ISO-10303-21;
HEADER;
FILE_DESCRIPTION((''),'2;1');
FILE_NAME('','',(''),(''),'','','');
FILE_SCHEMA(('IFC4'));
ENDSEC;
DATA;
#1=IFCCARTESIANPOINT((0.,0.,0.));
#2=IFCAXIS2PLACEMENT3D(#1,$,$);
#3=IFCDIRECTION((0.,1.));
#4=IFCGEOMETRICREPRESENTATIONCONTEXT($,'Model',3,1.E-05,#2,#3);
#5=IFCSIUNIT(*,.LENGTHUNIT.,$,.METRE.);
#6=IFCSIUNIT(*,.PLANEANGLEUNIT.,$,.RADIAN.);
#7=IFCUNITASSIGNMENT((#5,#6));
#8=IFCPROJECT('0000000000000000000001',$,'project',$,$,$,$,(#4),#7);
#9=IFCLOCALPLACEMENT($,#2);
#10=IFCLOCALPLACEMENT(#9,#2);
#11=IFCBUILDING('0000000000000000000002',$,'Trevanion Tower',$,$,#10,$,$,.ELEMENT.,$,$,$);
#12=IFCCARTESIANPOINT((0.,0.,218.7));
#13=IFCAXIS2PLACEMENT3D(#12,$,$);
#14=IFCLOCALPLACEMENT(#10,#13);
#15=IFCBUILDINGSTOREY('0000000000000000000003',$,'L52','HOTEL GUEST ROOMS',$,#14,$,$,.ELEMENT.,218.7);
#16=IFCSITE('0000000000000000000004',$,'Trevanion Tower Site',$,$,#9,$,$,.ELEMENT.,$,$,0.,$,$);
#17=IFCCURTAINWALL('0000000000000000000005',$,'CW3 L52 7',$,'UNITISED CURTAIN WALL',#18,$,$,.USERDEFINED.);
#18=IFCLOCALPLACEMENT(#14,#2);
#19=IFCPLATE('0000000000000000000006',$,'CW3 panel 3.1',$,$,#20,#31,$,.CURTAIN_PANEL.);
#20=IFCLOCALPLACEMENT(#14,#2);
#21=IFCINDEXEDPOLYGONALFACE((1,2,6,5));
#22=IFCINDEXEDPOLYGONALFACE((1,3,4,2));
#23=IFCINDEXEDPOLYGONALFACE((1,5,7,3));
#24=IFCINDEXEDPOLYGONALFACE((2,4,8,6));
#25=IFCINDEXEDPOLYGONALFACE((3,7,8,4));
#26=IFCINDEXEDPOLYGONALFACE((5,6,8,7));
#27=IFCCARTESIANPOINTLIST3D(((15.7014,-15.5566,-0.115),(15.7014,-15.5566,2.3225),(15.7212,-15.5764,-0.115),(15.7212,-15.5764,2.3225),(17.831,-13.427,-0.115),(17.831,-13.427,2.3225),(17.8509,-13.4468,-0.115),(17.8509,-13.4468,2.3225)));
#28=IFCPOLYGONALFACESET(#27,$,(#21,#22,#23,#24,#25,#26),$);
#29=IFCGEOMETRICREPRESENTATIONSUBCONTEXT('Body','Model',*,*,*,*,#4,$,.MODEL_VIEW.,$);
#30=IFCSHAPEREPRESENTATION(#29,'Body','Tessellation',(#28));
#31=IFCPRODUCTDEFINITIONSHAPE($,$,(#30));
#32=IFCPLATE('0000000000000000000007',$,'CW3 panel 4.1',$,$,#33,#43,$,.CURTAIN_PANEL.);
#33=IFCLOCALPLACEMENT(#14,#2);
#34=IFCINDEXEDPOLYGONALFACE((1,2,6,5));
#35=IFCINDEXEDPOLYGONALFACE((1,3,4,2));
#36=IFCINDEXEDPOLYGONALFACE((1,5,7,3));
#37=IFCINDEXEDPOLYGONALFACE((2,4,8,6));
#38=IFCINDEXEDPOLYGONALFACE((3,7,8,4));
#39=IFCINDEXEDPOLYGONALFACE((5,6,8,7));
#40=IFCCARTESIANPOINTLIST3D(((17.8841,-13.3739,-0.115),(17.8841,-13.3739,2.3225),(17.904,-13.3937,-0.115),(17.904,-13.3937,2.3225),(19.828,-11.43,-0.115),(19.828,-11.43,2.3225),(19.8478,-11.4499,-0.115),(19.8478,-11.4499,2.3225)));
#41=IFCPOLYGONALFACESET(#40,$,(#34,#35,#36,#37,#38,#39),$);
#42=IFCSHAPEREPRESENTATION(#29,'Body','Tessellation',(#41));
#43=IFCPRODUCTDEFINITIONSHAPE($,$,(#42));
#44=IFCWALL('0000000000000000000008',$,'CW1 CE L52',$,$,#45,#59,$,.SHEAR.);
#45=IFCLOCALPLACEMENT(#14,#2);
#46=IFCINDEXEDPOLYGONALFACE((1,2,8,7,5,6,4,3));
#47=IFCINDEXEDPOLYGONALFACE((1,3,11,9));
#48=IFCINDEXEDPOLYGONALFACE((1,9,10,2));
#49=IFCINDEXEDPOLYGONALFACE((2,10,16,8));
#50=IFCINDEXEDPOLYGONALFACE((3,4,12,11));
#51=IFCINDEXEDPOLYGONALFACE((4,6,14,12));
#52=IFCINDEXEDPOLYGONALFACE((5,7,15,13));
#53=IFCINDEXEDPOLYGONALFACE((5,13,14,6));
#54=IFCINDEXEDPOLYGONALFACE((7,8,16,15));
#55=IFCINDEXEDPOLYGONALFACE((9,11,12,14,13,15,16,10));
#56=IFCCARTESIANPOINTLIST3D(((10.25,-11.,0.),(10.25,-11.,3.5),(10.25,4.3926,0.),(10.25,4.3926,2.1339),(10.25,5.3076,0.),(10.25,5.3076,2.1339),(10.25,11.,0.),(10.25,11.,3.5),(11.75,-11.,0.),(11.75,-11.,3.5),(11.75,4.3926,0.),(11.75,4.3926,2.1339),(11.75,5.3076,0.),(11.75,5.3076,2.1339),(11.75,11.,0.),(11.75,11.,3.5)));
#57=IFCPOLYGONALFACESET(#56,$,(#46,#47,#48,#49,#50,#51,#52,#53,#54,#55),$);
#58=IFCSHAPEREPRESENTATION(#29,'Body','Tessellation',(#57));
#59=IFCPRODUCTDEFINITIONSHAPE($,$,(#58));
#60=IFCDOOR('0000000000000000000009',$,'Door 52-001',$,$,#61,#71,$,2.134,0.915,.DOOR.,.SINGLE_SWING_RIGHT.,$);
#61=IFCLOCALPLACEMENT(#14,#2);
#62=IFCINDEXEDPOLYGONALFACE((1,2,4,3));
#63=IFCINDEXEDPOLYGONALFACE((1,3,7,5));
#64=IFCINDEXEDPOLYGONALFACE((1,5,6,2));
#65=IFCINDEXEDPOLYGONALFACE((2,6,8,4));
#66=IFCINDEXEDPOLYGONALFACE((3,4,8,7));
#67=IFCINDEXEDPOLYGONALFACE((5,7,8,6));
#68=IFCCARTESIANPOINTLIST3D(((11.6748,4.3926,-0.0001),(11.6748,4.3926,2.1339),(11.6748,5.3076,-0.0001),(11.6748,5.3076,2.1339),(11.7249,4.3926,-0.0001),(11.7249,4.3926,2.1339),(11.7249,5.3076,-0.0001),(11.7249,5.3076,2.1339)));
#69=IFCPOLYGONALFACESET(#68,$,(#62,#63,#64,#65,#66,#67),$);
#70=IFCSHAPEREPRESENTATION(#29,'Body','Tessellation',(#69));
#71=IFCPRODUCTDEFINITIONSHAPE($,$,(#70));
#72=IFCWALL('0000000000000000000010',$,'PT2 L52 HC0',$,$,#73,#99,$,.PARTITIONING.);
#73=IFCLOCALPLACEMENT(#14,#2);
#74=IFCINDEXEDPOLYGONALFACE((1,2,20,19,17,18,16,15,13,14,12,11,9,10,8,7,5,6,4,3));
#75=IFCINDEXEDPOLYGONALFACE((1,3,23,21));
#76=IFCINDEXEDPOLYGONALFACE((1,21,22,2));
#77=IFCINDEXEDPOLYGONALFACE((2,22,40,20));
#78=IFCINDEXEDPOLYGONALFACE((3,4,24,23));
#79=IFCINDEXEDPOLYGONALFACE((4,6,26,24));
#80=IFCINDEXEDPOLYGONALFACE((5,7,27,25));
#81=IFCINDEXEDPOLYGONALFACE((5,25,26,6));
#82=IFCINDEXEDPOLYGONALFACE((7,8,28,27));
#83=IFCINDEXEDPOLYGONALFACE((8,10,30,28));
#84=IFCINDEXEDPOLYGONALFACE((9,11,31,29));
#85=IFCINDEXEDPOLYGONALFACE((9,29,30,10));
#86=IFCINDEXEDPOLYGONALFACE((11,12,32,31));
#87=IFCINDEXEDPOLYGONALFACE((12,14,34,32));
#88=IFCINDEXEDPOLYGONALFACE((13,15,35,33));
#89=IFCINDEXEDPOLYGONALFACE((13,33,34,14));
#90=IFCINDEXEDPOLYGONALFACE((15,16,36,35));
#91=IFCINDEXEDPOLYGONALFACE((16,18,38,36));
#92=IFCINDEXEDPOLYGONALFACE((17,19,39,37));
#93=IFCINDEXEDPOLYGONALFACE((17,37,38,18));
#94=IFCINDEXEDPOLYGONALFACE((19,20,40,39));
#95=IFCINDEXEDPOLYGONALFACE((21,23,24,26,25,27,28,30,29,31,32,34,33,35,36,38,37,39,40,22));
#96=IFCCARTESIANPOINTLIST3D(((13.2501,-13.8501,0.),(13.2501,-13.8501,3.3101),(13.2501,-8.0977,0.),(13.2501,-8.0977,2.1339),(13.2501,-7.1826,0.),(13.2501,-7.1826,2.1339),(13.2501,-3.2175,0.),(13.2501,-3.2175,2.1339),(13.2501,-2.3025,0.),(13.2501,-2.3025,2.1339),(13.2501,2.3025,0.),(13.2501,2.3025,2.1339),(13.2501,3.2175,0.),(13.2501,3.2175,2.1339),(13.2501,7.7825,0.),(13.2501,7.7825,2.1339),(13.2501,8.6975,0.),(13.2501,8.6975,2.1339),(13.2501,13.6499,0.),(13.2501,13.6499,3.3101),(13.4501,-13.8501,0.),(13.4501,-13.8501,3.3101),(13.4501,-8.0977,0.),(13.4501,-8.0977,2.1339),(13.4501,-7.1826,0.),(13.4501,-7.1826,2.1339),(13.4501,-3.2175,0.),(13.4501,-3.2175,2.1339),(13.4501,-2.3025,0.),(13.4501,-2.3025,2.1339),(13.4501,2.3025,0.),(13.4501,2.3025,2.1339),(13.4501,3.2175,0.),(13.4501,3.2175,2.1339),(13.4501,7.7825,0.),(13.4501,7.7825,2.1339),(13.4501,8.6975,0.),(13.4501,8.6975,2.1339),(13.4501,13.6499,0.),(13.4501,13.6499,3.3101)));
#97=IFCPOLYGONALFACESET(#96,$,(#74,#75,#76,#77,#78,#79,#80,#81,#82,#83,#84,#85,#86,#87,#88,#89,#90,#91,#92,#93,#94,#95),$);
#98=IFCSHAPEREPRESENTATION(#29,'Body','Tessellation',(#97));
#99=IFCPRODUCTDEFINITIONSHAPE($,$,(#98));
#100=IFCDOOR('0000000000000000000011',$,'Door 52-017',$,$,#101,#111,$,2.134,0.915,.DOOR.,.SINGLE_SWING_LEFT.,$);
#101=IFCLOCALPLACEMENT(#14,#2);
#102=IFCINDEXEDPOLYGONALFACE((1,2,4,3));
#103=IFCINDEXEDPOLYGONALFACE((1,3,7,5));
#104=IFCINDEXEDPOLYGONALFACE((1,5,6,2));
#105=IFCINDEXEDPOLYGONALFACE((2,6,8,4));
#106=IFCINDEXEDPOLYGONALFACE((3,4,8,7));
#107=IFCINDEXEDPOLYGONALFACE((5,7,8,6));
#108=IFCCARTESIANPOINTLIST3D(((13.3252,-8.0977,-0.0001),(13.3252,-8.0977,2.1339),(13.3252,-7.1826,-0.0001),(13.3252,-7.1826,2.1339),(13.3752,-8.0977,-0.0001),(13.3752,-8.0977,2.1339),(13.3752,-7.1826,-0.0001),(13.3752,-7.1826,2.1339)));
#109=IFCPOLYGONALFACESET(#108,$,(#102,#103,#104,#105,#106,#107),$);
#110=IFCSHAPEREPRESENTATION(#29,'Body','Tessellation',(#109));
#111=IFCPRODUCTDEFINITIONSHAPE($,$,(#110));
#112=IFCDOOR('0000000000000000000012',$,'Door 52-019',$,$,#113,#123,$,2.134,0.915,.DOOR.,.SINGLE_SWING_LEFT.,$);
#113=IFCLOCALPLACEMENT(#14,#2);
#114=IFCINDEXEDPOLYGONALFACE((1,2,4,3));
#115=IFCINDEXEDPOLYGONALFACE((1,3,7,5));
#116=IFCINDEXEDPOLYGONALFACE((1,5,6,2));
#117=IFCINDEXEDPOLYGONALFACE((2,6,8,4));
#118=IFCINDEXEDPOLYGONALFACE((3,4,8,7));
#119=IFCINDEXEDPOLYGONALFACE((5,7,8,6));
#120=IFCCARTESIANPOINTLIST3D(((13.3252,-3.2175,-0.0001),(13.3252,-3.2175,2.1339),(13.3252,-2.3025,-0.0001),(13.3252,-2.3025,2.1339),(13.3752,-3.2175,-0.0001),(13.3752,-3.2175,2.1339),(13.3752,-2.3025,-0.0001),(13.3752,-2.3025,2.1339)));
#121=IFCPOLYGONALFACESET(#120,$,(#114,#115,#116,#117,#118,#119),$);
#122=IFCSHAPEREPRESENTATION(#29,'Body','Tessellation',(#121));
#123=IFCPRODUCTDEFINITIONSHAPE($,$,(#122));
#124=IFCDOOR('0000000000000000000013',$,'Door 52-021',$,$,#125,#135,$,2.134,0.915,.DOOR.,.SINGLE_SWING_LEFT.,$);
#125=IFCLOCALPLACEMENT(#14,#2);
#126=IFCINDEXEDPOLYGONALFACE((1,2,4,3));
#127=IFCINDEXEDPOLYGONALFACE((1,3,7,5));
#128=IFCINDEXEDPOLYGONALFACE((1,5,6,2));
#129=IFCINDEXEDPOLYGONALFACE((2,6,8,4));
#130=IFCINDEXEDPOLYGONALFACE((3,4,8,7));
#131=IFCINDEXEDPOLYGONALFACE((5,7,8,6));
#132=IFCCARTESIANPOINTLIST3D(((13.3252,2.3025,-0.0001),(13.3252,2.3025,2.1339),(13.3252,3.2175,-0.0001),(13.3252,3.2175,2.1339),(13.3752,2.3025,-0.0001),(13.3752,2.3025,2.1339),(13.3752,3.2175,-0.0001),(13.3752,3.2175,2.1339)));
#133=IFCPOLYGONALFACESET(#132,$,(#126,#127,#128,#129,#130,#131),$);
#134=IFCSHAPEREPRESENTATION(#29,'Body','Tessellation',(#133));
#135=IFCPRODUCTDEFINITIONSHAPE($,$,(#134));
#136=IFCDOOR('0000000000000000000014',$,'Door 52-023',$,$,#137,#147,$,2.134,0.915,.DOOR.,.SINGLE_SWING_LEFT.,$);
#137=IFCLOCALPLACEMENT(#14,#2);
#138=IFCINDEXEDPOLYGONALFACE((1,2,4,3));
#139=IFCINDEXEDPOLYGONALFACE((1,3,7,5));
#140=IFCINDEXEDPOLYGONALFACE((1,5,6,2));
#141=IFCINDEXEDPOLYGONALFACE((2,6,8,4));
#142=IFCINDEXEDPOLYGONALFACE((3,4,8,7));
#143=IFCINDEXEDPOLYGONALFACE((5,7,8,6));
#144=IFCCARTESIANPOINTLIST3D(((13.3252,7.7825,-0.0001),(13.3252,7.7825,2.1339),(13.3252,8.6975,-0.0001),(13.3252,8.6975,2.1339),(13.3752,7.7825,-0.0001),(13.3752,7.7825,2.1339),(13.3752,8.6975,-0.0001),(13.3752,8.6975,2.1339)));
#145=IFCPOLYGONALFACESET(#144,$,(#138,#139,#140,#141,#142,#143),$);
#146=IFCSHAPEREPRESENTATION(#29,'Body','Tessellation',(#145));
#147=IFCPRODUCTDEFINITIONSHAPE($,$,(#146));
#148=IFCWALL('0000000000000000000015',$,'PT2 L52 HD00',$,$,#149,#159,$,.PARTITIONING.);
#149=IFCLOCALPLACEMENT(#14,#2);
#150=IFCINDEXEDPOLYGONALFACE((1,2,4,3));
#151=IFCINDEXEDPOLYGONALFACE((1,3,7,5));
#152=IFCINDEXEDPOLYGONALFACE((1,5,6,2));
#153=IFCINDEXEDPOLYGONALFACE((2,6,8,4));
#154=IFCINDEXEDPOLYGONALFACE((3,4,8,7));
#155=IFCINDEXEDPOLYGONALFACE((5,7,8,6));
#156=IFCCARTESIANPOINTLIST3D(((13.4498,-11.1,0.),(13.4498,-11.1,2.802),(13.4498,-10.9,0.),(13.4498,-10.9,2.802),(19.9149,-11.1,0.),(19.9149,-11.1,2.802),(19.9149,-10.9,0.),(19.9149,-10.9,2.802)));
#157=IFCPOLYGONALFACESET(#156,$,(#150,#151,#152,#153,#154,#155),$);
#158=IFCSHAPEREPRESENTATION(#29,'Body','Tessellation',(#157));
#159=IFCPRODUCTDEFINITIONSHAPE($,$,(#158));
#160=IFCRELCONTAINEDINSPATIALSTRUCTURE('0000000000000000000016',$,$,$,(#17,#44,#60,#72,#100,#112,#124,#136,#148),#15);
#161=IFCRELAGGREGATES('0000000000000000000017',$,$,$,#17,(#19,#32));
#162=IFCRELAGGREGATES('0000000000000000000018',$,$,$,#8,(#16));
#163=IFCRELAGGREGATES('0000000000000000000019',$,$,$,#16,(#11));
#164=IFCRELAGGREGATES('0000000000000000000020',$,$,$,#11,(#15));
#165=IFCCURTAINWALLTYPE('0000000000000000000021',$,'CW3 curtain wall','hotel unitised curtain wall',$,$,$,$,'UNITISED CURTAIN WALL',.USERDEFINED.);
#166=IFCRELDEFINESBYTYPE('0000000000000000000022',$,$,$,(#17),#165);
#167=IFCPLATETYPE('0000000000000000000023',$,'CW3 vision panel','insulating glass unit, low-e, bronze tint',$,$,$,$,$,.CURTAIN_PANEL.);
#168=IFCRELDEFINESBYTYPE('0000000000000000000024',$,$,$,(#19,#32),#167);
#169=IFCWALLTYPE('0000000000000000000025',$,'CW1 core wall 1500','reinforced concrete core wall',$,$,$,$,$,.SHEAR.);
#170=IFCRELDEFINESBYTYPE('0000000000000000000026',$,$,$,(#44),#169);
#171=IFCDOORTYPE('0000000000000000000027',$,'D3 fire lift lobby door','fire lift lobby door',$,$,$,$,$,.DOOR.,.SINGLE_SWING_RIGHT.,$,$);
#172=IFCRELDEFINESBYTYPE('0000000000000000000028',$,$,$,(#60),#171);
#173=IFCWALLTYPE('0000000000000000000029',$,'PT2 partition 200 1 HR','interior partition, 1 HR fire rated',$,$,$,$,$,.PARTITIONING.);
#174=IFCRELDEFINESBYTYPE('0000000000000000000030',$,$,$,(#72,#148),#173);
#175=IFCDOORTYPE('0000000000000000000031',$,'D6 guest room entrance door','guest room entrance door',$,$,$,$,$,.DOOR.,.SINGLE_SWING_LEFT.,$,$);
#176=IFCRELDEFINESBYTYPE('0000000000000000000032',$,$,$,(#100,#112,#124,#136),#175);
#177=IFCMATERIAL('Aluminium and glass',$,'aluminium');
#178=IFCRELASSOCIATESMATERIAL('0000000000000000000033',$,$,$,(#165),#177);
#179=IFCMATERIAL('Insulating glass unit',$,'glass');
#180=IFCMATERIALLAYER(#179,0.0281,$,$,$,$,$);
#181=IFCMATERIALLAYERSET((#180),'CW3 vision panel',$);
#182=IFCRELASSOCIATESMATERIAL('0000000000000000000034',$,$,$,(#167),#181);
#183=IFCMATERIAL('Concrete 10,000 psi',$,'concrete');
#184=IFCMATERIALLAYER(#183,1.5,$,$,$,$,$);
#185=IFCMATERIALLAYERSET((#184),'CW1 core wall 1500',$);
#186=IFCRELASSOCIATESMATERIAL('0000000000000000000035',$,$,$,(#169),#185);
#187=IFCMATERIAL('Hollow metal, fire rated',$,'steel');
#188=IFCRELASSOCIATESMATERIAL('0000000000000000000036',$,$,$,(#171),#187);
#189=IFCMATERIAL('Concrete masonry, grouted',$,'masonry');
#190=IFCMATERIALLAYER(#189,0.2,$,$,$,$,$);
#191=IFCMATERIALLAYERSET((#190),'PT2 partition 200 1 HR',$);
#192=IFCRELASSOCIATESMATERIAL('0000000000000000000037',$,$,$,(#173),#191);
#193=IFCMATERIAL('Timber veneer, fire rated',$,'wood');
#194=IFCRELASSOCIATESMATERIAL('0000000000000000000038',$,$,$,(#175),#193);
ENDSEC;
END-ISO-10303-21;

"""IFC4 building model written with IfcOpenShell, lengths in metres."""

from ifc_helpers import new_model, si_unit, direction, frame, frame_2d, origin, origin_2d, place, context, subcontext, project, spatial, rectangle, extrude, material, layer, layer_set, type_object, element, fill, aggregate, save


model = new_model("IFC4")

# Units and contexts
model_context = context("Model", 3, precision=1e-05, world=origin(), true_north=direction((0.0, 1.0)))
body_context = subcontext(model_context, "Body", "Model", "MODEL_VIEW")
ifc_project = project(units=[si_unit("LENGTHUNIT", "METRE"), si_unit("PLANEANGLEUNIT", "RADIAN")], contexts=[model_context])

# Site, building, storey
site_placement = place(None, origin())
site = spatial("IfcSite", under=ifc_project, at=site_placement, Name="Trevanion Tower Site", CompositionType="ELEMENT", RefElevation=0.0)
building_placement = place(site_placement, origin())
building = spatial("IfcBuilding", under=site, at=building_placement, Name="Trevanion Tower", CompositionType="ELEMENT")
storey_placement = place(building_placement, frame((0.0, 0.0, 218.7)))
storey = spatial("IfcBuildingStorey", under=building, at=storey_placement, Name="L52", Description="HOTEL GUEST ROOMS", CompositionType="ELEMENT", Elevation=218.7)

# Curtain wall
ifc_material_1 = material(Name="Aluminium and glass", Category="aluminium")
curtain_wall_type = type_object("IfcCurtainWallType", Name="CW3 curtain wall", Description="hotel unitised curtain wall", ElementType="UNITISED CURTAIN WALL", PredefinedType="USERDEFINED", material=ifc_material_1)
curtain_wall_1_placement = place(storey_placement, origin())
curtain_wall_1 = element("IfcCurtainWall", 1, at=curtain_wall_1_placement, inside=storey, type_object=curtain_wall_type, Name="CW3 L52 7", ObjectType="UNITISED CURTAIN WALL", PredefinedType="USERDEFINED")

# Plates
ifc_material_2 = material(Name="Insulating glass unit", Category="glass")
ifc_layer_1 = layer(ifc_material_2, 0.0281)
ifc_layer_set_1 = layer_set([ifc_layer_1], Name="CW3 vision panel")
plate_type_1 = type_object("IfcPlateType", Name="CW3 vision panel", Description="insulating glass unit, low-e, bronze tint", PredefinedType="CURTAIN_PANEL", material=ifc_layer_set_1)
plate_1_placement = place(storey_placement, frame((16.7761, -14.5017, -0.115), z_axis=(0.0, 0.0, 1.0), x_axis=(0.707107, 0.707107, 0.0)))
plate_1 = element("IfcPlate", 2, at=plate_1_placement, type_object=plate_type_1, Name="CW3 panel 3.1", PredefinedType="CURTAIN_PANEL", context=body_context, shape_type="SweptSolid", body=[
    extrude(rectangle(XDim=3.0117, YDim=0.0281, at=origin_2d()), origin(), (0.0, 0.0, 1.0), 2.4375),
])
plate_2_placement = place(storey_placement, frame((18.866, -12.4119, -0.115), z_axis=(0.0, 0.0, 1.0), x_axis=(0.707107, 0.707107, 0.0)))
plate_2 = element("IfcPlate", 3, at=plate_2_placement, type_object=plate_type_1, Name="CW3 panel 4.1", PredefinedType="CURTAIN_PANEL", context=body_context, shape_type="SweptSolid", body=[
    extrude(rectangle(XDim=2.749, YDim=0.0281, at=origin_2d()), origin(), (0.0, 0.0, 1.0), 2.4375),
])
aggregate(curtain_wall_1, [plate_1, plate_2])

# Wall, opening, door
ifc_material_3 = material(Name="Concrete 10,000 psi", Category="concrete")
ifc_layer_2 = layer(ifc_material_3, 1.5)
ifc_layer_set_2 = layer_set([ifc_layer_2], Name="CW1 core wall 1500")
wall_type_1 = type_object("IfcWallType", Name="CW1 core wall 1500", Description="reinforced concrete core wall", PredefinedType="SHEAR", material=ifc_layer_set_2)
wall_1_placement = place(storey_placement, frame((11.0, -11.0, 0.0), z_axis=(0.0, 0.0, 1.0), x_axis=(0.0, 1.0, 0.0)))
wall_1 = element("IfcWall", 4, at=wall_1_placement, inside=storey, type_object=wall_type_1, Name="CW1 CE L52", PredefinedType="SHEAR", context=body_context, shape_type="SweptSolid", body=[
    extrude(rectangle(XDim=22.0, YDim=1.5, at=frame_2d((11.0, 0.0))), origin(), (0.0, 0.0, 1.0), 3.5),
])
opening_1_placement = place(wall_1_placement, frame((15.3926, 0.0, 0.0)))
opening_1 = element("IfcOpeningElement", 5, at=opening_1_placement, cuts=wall_1, PredefinedType="OPENING", context=body_context, shape_type="SweptSolid", body=[
    extrude(rectangle(XDim=0.915, YDim=2.134, at=frame_2d((0.4575, 1.0669))), frame((0.0, 0.76, 0.0), z_axis=(0.0, -1.0, 0.0), x_axis=(1.0, 0.0, 0.0)), (0.0, 0.0, 1.0), 1.52),
])
ifc_material_4 = material(Name="Hollow metal, fire rated", Category="steel")
door_type_1 = type_object("IfcDoorType", Name="D3 fire lift lobby door", Description="fire lift lobby door", OperationType="SINGLE_SWING_RIGHT", PredefinedType="DOOR", material=ifc_material_4)
door_1_placement = place(opening_1_placement, origin())
door_1 = element("IfcDoor", 6, at=door_1_placement, inside=storey, type_object=door_type_1, Name="Door 52-001", OperationType="SINGLE_SWING_RIGHT", OverallHeight=2.134, OverallWidth=0.915, PredefinedType="DOOR", context=body_context, shape_type="SweptSolid", body=[
    extrude(rectangle(XDim=0.915, YDim=2.134, at=frame_2d((0.4575, 1.0669))), frame((0.0, -0.6748, 0.0), z_axis=(0.0, -1.0, 0.0), x_axis=(1.0, 0.0, 0.0)), (0.0, 0.0, 1.0), 0.05),
])
fill(opening_1, door_1)

# Wall, openings, doors
ifc_material_5 = material(Name="Concrete masonry, grouted", Category="masonry")
ifc_layer_3 = layer(ifc_material_5, 0.2)
ifc_layer_set_3 = layer_set([ifc_layer_3], Name="PT2 partition 200 1 HR")
wall_type_2 = type_object("IfcWallType", Name="PT2 partition 200 1 HR", Description="interior partition, 1 HR fire rated", PredefinedType="PARTITIONING", material=ifc_layer_set_3)
wall_2_placement = place(storey_placement, frame((13.3501, -13.8501, 0.0), z_axis=(0.0, 0.0, 1.0), x_axis=(0.0, 1.0, 0.0)))
wall_2 = element("IfcWall", 7, at=wall_2_placement, inside=storey, type_object=wall_type_2, Name="PT2 L52 HC0", PredefinedType="PARTITIONING", context=body_context, shape_type="SweptSolid", body=[
    extrude(rectangle(XDim=27.5, YDim=0.2, at=frame_2d((13.75, 0.0))), origin(), (0.0, 0.0, 1.0), 3.3101),
])
opening_2_placement = place(wall_2_placement, frame((5.7524, 0.0, 0.0)))
opening_2 = element("IfcOpeningElement", 8, at=opening_2_placement, cuts=wall_2, PredefinedType="OPENING", context=body_context, shape_type="SweptSolid", body=[
    extrude(rectangle(XDim=0.915, YDim=2.134, at=frame_2d((0.4575, 1.0669))), frame((0.0, 0.1099, 0.0), z_axis=(0.0, -1.0, 0.0), x_axis=(1.0, 0.0, 0.0)), (0.0, 0.0, 1.0), 0.22),
])
opening_3_placement = place(wall_2_placement, frame((10.6326, 0.0, 0.0)))
opening_3 = element("IfcOpeningElement", 9, at=opening_3_placement, cuts=wall_2, PredefinedType="OPENING", context=body_context, shape_type="SweptSolid", body=[
    extrude(rectangle(XDim=0.915, YDim=2.134, at=frame_2d((0.4575, 1.0669))), frame((0.0, 0.1099, 0.0), z_axis=(0.0, -1.0, 0.0), x_axis=(1.0, 0.0, 0.0)), (0.0, 0.0, 1.0), 0.22),
])
opening_4_placement = place(wall_2_placement, frame((16.1526, 0.0, 0.0)))
opening_4 = element("IfcOpeningElement", 10, at=opening_4_placement, cuts=wall_2, PredefinedType="OPENING", context=body_context, shape_type="SweptSolid", body=[
    extrude(rectangle(XDim=0.915, YDim=2.134, at=frame_2d((0.4575, 1.0669))), frame((0.0, 0.1099, 0.0), z_axis=(0.0, -1.0, 0.0), x_axis=(1.0, 0.0, 0.0)), (0.0, 0.0, 1.0), 0.22),
])
opening_5_placement = place(wall_2_placement, frame((21.6326, 0.0, 0.0)))
opening_5 = element("IfcOpeningElement", 11, at=opening_5_placement, cuts=wall_2, PredefinedType="OPENING", context=body_context, shape_type="SweptSolid", body=[
    extrude(rectangle(XDim=0.915, YDim=2.134, at=frame_2d((0.4575, 1.0669))), frame((0.0, 0.1099, 0.0), z_axis=(0.0, -1.0, 0.0), x_axis=(1.0, 0.0, 0.0)), (0.0, 0.0, 1.0), 0.22),
])
ifc_material_6 = material(Name="Timber veneer, fire rated", Category="wood")
door_type_2 = type_object("IfcDoorType", Name="D6 guest room entrance door", Description="guest room entrance door", OperationType="SINGLE_SWING_LEFT", PredefinedType="DOOR", material=ifc_material_6)
door_2_placement = place(opening_2_placement, origin())
door_2 = element("IfcDoor", 12, at=door_2_placement, inside=storey, type_object=door_type_2, Name="Door 52-017", OperationType="SINGLE_SWING_LEFT", OverallHeight=2.134, OverallWidth=0.915, PredefinedType="DOOR", context=body_context, shape_type="SweptSolid", body=[
    extrude(rectangle(XDim=0.915, YDim=2.134, at=frame_2d((0.4575, 1.0669))), frame((0.0, 0.0249, 0.0), z_axis=(0.0, -1.0, 0.0), x_axis=(1.0, 0.0, 0.0)), (0.0, 0.0, 1.0), 0.05),
])
fill(opening_2, door_2)
door_3_placement = place(opening_3_placement, origin())
door_3 = element("IfcDoor", 13, at=door_3_placement, inside=storey, type_object=door_type_2, Name="Door 52-019", OperationType="SINGLE_SWING_LEFT", OverallHeight=2.134, OverallWidth=0.915, PredefinedType="DOOR", context=body_context, shape_type="SweptSolid", body=[
    extrude(rectangle(XDim=0.915, YDim=2.134, at=frame_2d((0.4575, 1.0669))), frame((0.0, 0.0249, 0.0), z_axis=(0.0, -1.0, 0.0), x_axis=(1.0, 0.0, 0.0)), (0.0, 0.0, 1.0), 0.05),
])
fill(opening_3, door_3)
door_4_placement = place(opening_4_placement, origin())
door_4 = element("IfcDoor", 14, at=door_4_placement, inside=storey, type_object=door_type_2, Name="Door 52-021", OperationType="SINGLE_SWING_LEFT", OverallHeight=2.134, OverallWidth=0.915, PredefinedType="DOOR", context=body_context, shape_type="SweptSolid", body=[
    extrude(rectangle(XDim=0.915, YDim=2.134, at=frame_2d((0.4575, 1.0669))), frame((0.0, 0.0249, 0.0), z_axis=(0.0, -1.0, 0.0), x_axis=(1.0, 0.0, 0.0)), (0.0, 0.0, 1.0), 0.05),
])
fill(opening_4, door_4)
door_5_placement = place(opening_5_placement, origin())
door_5 = element("IfcDoor", 15, at=door_5_placement, inside=storey, type_object=door_type_2, Name="Door 52-023", OperationType="SINGLE_SWING_LEFT", OverallHeight=2.134, OverallWidth=0.915, PredefinedType="DOOR", context=body_context, shape_type="SweptSolid", body=[
    extrude(rectangle(XDim=0.915, YDim=2.134, at=frame_2d((0.4575, 1.0669))), frame((0.0, 0.0249, 0.0), z_axis=(0.0, -1.0, 0.0), x_axis=(1.0, 0.0, 0.0)), (0.0, 0.0, 1.0), 0.05),
])
fill(opening_5, door_5)

# Wall
wall_3_placement = place(storey_placement, frame((13.45, -11.0, 0.0), z_axis=(0.0, 0.0, 1.0), x_axis=(1.0, 0.0, 0.0)))
element("IfcWall", 16, at=wall_3_placement, inside=storey, type_object=wall_type_2, Name="PT2 L52 HD00", PredefinedType="PARTITIONING", context=body_context, shape_type="SweptSolid", body=[
    extrude(rectangle(XDim=6.4651, YDim=0.2, at=frame_2d((3.2324, 0.0))), origin(), (0.0, 0.0, 1.0), 2.802),
])

save(model, "model.ifc")
